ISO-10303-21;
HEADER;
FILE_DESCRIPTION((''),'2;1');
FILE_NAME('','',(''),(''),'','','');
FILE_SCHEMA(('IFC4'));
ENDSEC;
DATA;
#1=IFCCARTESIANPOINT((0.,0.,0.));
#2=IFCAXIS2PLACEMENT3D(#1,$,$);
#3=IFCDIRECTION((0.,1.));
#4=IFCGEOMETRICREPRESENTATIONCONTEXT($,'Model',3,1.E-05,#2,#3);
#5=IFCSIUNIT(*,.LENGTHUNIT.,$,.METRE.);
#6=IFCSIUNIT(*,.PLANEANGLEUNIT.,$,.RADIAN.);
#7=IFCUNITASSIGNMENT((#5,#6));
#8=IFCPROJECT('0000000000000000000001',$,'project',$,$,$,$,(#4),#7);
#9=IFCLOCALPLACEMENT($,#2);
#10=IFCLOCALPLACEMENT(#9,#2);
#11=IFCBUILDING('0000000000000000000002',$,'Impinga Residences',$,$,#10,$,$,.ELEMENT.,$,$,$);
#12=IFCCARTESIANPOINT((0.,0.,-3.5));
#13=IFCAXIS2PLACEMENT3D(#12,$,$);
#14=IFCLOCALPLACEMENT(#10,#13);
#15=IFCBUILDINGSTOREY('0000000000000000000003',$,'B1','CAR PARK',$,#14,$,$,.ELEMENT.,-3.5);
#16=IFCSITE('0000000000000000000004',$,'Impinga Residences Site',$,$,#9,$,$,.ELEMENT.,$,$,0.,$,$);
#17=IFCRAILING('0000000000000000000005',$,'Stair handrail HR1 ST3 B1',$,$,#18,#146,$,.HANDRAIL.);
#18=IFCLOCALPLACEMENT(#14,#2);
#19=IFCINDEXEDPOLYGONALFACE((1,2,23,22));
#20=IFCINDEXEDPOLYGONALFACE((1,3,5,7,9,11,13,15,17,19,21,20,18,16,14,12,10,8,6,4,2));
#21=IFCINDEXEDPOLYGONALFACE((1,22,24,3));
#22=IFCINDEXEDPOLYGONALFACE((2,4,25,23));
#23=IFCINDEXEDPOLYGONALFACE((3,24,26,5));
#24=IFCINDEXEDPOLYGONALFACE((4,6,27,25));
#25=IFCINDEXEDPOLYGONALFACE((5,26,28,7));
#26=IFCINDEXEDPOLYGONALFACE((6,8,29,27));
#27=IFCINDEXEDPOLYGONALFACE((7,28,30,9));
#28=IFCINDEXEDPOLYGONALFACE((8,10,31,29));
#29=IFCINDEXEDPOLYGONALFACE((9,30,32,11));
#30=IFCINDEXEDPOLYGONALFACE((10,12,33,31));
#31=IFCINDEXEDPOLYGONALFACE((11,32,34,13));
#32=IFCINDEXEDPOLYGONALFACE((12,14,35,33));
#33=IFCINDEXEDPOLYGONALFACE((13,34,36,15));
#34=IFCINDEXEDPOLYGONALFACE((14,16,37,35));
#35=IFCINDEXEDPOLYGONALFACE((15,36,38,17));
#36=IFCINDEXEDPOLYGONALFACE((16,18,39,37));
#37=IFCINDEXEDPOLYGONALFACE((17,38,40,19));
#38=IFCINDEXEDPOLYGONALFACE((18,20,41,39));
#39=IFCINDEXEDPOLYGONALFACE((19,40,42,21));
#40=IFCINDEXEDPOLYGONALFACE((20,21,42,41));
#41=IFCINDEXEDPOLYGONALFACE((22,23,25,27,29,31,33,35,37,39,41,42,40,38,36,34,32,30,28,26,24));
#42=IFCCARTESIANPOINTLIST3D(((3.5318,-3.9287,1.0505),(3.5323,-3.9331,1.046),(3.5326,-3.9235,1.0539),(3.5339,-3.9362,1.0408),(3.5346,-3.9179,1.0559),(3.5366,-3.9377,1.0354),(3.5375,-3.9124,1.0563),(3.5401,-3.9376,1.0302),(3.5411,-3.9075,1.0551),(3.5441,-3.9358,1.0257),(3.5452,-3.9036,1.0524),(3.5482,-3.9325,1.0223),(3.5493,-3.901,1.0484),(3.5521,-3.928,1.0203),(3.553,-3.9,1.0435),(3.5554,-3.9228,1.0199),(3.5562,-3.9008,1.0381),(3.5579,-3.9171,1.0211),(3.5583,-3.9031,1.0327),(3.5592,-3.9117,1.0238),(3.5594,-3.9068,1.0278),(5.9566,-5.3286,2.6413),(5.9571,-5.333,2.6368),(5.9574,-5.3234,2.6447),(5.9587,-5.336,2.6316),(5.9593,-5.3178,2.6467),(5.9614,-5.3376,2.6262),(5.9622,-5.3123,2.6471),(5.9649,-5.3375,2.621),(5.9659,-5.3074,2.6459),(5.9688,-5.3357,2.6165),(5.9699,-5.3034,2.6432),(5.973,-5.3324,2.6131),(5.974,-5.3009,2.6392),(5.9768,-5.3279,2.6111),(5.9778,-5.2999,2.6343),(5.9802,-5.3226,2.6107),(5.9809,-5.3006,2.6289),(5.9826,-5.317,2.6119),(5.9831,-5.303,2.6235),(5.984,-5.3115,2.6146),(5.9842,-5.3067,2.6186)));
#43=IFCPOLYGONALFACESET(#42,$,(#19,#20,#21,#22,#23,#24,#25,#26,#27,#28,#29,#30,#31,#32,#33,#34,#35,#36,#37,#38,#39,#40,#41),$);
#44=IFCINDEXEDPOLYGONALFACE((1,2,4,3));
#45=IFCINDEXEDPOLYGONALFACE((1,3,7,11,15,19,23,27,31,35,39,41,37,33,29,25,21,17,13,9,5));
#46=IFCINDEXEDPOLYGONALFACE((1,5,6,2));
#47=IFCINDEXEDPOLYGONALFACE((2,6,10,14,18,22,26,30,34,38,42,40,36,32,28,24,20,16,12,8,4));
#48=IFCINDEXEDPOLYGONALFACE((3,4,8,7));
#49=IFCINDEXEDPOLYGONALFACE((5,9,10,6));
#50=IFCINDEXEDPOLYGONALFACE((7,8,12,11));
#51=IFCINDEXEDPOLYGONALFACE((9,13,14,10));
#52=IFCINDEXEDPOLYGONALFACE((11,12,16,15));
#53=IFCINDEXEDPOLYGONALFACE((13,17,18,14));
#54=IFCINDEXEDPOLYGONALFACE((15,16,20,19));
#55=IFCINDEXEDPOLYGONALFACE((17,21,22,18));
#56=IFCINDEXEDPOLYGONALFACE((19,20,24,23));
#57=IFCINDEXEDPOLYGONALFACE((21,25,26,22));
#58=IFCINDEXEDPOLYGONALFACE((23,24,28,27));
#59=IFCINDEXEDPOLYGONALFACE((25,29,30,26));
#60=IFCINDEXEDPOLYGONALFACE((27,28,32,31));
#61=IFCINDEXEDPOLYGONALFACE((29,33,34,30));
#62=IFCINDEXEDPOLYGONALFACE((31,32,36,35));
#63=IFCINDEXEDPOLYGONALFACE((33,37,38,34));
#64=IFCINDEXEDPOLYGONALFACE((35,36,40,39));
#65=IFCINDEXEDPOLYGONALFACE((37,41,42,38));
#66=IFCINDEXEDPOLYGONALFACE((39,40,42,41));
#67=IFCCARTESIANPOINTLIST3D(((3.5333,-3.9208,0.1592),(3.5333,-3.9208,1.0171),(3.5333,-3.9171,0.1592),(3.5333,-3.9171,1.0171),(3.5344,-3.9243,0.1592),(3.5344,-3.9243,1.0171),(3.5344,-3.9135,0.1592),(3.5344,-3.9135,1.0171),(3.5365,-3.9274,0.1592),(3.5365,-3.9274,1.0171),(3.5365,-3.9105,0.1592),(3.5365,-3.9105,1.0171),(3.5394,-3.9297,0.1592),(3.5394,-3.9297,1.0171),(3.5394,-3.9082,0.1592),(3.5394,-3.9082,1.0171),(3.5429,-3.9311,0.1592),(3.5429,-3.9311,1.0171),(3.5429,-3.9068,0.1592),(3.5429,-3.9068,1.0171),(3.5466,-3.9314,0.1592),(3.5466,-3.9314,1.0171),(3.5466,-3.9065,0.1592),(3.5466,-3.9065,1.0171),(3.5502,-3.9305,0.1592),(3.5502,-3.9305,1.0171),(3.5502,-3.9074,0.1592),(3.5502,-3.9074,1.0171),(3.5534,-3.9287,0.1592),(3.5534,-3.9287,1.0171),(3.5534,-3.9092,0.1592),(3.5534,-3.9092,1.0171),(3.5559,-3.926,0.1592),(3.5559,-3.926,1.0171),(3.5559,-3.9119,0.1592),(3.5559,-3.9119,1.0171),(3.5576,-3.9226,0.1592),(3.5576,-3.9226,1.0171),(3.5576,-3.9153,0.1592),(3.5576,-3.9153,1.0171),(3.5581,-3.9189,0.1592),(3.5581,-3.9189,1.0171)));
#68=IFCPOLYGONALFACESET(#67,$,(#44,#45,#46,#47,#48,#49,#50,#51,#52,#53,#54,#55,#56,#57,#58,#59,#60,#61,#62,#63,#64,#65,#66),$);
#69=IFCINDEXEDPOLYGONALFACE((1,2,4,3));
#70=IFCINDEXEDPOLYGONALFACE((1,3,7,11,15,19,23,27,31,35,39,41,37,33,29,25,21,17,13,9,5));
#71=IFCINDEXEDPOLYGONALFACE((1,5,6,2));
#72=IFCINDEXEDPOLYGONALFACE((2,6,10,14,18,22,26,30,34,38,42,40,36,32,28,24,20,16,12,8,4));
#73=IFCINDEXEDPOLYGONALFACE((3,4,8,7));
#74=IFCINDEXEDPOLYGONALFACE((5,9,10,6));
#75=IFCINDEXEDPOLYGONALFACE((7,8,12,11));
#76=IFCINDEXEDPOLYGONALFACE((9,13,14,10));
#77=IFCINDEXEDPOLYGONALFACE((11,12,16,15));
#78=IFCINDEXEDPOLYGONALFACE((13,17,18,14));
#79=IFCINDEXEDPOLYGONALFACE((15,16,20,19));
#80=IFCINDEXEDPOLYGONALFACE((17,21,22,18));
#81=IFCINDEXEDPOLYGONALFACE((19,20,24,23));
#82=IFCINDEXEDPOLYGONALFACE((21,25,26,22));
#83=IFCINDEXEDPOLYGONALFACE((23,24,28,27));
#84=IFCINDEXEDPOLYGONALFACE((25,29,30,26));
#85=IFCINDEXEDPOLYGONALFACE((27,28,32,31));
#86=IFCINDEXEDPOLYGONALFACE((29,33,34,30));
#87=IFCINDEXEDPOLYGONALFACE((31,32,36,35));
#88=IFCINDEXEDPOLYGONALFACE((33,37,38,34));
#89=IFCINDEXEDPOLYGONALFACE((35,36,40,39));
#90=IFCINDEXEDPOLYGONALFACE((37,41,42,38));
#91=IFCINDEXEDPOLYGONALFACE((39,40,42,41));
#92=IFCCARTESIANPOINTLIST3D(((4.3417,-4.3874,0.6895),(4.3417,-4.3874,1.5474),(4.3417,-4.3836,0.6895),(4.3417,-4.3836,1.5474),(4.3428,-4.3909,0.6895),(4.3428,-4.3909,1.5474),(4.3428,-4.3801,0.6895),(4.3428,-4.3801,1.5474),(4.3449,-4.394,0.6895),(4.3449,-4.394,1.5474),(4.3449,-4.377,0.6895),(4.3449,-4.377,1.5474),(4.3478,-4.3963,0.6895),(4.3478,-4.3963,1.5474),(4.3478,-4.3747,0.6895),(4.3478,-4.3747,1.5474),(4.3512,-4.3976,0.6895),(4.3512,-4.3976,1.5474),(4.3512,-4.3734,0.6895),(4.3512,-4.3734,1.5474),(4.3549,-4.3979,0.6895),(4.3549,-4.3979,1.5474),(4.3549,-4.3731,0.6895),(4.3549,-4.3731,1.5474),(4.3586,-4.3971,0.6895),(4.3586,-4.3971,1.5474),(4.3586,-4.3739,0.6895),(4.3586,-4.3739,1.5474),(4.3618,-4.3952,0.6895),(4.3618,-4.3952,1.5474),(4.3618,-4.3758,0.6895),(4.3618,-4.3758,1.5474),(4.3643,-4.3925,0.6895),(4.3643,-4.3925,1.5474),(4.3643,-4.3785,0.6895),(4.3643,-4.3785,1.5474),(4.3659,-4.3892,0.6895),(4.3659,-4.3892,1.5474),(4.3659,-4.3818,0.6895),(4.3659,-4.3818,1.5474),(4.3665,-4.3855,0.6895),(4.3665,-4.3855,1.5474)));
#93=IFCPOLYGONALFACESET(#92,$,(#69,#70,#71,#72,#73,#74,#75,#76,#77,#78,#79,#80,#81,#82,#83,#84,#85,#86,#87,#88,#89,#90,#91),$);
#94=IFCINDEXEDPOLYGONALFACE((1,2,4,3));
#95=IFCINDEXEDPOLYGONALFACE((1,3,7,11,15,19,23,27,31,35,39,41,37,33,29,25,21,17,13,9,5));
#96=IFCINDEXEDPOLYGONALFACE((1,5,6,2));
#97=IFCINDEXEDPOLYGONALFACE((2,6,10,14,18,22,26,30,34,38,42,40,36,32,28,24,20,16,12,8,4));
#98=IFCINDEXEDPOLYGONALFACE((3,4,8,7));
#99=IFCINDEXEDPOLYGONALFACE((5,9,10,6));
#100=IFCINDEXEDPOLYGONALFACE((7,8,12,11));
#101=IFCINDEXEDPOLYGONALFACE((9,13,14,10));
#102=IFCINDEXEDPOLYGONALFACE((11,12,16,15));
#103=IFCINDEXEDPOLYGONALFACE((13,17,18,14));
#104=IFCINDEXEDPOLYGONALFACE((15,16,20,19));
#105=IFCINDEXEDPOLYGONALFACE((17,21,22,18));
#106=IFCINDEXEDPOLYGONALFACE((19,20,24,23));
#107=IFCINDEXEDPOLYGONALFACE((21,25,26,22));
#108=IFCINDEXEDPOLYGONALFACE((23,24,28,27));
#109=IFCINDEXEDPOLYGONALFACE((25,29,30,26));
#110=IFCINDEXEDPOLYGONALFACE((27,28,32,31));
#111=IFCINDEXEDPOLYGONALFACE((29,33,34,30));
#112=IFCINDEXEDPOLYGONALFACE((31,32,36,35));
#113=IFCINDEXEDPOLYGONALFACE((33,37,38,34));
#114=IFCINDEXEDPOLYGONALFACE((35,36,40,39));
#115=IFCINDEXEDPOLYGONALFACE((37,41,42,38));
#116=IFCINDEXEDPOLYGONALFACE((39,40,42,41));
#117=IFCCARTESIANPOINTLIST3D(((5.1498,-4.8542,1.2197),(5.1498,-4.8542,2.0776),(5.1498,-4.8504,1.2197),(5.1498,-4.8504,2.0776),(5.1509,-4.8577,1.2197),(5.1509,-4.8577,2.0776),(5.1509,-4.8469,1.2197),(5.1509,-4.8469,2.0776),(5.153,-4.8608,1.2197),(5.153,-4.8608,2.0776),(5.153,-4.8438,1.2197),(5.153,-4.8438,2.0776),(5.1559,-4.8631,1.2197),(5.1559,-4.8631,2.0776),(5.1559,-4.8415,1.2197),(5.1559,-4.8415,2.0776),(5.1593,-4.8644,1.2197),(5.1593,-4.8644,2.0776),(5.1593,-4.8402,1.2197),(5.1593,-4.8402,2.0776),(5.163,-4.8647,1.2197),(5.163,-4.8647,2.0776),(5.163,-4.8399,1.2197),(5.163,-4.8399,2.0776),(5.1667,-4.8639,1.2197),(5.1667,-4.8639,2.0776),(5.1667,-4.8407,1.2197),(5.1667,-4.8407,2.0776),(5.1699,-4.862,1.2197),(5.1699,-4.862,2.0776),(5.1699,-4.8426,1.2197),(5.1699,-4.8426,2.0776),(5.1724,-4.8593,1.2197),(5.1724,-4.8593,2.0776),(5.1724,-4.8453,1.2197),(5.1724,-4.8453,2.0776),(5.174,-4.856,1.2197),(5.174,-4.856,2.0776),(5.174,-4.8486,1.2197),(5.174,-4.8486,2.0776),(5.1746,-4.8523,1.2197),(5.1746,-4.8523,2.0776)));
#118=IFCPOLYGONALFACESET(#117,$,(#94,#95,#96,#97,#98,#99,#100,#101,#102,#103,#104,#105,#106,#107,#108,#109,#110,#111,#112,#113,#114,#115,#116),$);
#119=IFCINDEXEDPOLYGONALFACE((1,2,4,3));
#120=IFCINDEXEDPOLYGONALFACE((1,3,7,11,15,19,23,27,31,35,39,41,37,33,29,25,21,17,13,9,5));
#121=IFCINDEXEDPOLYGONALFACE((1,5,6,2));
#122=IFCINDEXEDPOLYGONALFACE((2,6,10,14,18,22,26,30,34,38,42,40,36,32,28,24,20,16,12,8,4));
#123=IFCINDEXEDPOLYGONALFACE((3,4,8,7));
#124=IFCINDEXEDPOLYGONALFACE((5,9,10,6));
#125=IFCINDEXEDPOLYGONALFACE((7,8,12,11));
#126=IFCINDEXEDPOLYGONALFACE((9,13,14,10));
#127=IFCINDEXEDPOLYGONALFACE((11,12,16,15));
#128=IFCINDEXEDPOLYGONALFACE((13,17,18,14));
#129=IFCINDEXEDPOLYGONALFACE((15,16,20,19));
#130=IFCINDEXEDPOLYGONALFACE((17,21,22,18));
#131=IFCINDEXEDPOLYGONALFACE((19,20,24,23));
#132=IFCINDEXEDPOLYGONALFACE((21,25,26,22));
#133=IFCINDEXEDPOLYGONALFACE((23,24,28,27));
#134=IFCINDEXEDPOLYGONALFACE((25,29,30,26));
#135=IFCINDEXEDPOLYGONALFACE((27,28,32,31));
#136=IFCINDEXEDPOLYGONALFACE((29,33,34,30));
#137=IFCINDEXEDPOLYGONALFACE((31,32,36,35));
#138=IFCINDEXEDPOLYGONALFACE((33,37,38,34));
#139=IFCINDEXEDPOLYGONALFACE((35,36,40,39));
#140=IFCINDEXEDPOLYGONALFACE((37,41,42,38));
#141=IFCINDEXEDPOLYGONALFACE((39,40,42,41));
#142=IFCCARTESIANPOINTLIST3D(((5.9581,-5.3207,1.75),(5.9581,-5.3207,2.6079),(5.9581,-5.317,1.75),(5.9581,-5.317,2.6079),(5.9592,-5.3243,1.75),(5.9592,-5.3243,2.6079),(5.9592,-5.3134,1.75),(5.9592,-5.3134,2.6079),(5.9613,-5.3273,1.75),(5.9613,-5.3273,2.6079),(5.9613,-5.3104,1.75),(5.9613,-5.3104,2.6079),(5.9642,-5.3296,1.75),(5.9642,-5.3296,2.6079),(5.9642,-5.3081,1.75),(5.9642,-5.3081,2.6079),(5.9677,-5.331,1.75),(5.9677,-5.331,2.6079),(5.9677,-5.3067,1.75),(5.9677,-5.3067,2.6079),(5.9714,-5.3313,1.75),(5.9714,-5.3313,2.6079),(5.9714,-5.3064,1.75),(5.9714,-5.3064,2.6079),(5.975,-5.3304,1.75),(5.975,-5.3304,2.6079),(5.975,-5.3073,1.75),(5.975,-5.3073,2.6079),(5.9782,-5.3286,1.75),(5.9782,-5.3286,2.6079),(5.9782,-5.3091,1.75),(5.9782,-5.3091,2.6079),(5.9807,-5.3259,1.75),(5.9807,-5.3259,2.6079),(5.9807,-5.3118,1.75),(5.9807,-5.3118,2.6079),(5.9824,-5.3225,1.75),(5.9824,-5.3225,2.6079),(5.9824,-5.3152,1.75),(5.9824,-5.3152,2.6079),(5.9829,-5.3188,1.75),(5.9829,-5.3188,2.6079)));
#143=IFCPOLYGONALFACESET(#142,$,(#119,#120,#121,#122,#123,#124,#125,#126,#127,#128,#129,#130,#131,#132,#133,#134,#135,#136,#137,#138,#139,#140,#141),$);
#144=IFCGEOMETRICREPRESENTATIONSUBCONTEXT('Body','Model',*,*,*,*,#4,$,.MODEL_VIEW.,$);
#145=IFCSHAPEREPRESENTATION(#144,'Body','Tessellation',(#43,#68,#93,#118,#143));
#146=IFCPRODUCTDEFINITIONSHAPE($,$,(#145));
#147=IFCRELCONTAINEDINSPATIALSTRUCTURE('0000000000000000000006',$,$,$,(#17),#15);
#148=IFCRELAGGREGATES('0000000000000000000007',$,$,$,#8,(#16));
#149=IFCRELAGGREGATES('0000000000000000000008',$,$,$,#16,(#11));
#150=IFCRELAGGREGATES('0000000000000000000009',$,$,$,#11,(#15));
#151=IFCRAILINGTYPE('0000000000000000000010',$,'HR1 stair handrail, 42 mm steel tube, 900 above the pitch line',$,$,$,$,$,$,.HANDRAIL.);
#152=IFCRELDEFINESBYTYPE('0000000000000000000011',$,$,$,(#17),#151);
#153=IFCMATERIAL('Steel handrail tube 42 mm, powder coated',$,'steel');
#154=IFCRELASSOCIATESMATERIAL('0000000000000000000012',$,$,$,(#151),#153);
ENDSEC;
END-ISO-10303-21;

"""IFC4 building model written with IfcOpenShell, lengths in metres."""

from ifc_helpers import new_model, si_unit, direction, frame, origin, origin_2d, place, context, subcontext, project, spatial, circle, extrude, material, type_object, element, save


model = new_model("IFC4")

# Units and contexts
model_context = context("Model", 3, precision=1e-05, world=origin(), true_north=direction((0.0, 1.0)))
body_context = subcontext(model_context, "Body", "Model", "MODEL_VIEW")
ifc_project = project(units=[si_unit("LENGTHUNIT", "METRE"), si_unit("PLANEANGLEUNIT", "RADIAN")], contexts=[model_context])

# Site, building, storey
site_placement = place(None, origin())
site = spatial("IfcSite", under=ifc_project, at=site_placement, Name="Impinga Residences Site", CompositionType="ELEMENT", RefElevation=0.0)
building_placement = place(site_placement, origin())
building = spatial("IfcBuilding", under=site, at=building_placement, Name="Impinga Residences", CompositionType="ELEMENT")
storey_placement = place(building_placement, frame((0.0, 0.0, -3.5)))
storey = spatial("IfcBuildingStorey", under=building, at=storey_placement, Name="B1", Description="CAR PARK", CompositionType="ELEMENT", Elevation=-3.5)

# Railing
ifc_material_1 = material(Name="Steel handrail tube 42 mm, powder coated", Category="steel")
railing_type = type_object("IfcRailingType", Name="HR1 stair handrail, 42 mm steel tube, 900 above the pitch line", PredefinedType="HANDRAIL", material=ifc_material_1)
railing_1_placement = place(storey_placement, frame((3.5457, -3.9189, 0.1592)))
element("IfcRailing", 1, at=railing_1_placement, inside=storey, type_object=railing_type, Name="Stair handrail HR1 ST3 B1", PredefinedType="HANDRAIL", context=body_context, shape_type="SweptSolid", body=[
    extrude(circle(Radius=0.021, at=origin_2d()), frame((0.0, 0.0, 0.8789), z_axis=(0.752983, -0.434716, 0.494003), x_axis=(0.499984, 0.866035, 0.0)), (0.0, 0.0, 1.0), 3.2202),
    extrude(circle(Radius=0.0125, at=origin_2d()), origin(), (0.0, 0.0, 1.0), 0.8579),
    extrude(circle(Radius=0.0125, at=origin_2d()), frame((0.8083, -0.4666, 0.5303)), (0.0, 0.0, 1.0), 0.8579),
    extrude(circle(Radius=0.0125, at=origin_2d()), frame((1.6165, -0.9333, 1.0605)), (0.0, 0.0, 1.0), 0.8579),
    extrude(circle(Radius=0.0125, at=origin_2d()), frame((2.4248, -1.3999, 1.5908)), (0.0, 0.0, 1.0), 0.8579),
])

save(model, "model.ifc")
